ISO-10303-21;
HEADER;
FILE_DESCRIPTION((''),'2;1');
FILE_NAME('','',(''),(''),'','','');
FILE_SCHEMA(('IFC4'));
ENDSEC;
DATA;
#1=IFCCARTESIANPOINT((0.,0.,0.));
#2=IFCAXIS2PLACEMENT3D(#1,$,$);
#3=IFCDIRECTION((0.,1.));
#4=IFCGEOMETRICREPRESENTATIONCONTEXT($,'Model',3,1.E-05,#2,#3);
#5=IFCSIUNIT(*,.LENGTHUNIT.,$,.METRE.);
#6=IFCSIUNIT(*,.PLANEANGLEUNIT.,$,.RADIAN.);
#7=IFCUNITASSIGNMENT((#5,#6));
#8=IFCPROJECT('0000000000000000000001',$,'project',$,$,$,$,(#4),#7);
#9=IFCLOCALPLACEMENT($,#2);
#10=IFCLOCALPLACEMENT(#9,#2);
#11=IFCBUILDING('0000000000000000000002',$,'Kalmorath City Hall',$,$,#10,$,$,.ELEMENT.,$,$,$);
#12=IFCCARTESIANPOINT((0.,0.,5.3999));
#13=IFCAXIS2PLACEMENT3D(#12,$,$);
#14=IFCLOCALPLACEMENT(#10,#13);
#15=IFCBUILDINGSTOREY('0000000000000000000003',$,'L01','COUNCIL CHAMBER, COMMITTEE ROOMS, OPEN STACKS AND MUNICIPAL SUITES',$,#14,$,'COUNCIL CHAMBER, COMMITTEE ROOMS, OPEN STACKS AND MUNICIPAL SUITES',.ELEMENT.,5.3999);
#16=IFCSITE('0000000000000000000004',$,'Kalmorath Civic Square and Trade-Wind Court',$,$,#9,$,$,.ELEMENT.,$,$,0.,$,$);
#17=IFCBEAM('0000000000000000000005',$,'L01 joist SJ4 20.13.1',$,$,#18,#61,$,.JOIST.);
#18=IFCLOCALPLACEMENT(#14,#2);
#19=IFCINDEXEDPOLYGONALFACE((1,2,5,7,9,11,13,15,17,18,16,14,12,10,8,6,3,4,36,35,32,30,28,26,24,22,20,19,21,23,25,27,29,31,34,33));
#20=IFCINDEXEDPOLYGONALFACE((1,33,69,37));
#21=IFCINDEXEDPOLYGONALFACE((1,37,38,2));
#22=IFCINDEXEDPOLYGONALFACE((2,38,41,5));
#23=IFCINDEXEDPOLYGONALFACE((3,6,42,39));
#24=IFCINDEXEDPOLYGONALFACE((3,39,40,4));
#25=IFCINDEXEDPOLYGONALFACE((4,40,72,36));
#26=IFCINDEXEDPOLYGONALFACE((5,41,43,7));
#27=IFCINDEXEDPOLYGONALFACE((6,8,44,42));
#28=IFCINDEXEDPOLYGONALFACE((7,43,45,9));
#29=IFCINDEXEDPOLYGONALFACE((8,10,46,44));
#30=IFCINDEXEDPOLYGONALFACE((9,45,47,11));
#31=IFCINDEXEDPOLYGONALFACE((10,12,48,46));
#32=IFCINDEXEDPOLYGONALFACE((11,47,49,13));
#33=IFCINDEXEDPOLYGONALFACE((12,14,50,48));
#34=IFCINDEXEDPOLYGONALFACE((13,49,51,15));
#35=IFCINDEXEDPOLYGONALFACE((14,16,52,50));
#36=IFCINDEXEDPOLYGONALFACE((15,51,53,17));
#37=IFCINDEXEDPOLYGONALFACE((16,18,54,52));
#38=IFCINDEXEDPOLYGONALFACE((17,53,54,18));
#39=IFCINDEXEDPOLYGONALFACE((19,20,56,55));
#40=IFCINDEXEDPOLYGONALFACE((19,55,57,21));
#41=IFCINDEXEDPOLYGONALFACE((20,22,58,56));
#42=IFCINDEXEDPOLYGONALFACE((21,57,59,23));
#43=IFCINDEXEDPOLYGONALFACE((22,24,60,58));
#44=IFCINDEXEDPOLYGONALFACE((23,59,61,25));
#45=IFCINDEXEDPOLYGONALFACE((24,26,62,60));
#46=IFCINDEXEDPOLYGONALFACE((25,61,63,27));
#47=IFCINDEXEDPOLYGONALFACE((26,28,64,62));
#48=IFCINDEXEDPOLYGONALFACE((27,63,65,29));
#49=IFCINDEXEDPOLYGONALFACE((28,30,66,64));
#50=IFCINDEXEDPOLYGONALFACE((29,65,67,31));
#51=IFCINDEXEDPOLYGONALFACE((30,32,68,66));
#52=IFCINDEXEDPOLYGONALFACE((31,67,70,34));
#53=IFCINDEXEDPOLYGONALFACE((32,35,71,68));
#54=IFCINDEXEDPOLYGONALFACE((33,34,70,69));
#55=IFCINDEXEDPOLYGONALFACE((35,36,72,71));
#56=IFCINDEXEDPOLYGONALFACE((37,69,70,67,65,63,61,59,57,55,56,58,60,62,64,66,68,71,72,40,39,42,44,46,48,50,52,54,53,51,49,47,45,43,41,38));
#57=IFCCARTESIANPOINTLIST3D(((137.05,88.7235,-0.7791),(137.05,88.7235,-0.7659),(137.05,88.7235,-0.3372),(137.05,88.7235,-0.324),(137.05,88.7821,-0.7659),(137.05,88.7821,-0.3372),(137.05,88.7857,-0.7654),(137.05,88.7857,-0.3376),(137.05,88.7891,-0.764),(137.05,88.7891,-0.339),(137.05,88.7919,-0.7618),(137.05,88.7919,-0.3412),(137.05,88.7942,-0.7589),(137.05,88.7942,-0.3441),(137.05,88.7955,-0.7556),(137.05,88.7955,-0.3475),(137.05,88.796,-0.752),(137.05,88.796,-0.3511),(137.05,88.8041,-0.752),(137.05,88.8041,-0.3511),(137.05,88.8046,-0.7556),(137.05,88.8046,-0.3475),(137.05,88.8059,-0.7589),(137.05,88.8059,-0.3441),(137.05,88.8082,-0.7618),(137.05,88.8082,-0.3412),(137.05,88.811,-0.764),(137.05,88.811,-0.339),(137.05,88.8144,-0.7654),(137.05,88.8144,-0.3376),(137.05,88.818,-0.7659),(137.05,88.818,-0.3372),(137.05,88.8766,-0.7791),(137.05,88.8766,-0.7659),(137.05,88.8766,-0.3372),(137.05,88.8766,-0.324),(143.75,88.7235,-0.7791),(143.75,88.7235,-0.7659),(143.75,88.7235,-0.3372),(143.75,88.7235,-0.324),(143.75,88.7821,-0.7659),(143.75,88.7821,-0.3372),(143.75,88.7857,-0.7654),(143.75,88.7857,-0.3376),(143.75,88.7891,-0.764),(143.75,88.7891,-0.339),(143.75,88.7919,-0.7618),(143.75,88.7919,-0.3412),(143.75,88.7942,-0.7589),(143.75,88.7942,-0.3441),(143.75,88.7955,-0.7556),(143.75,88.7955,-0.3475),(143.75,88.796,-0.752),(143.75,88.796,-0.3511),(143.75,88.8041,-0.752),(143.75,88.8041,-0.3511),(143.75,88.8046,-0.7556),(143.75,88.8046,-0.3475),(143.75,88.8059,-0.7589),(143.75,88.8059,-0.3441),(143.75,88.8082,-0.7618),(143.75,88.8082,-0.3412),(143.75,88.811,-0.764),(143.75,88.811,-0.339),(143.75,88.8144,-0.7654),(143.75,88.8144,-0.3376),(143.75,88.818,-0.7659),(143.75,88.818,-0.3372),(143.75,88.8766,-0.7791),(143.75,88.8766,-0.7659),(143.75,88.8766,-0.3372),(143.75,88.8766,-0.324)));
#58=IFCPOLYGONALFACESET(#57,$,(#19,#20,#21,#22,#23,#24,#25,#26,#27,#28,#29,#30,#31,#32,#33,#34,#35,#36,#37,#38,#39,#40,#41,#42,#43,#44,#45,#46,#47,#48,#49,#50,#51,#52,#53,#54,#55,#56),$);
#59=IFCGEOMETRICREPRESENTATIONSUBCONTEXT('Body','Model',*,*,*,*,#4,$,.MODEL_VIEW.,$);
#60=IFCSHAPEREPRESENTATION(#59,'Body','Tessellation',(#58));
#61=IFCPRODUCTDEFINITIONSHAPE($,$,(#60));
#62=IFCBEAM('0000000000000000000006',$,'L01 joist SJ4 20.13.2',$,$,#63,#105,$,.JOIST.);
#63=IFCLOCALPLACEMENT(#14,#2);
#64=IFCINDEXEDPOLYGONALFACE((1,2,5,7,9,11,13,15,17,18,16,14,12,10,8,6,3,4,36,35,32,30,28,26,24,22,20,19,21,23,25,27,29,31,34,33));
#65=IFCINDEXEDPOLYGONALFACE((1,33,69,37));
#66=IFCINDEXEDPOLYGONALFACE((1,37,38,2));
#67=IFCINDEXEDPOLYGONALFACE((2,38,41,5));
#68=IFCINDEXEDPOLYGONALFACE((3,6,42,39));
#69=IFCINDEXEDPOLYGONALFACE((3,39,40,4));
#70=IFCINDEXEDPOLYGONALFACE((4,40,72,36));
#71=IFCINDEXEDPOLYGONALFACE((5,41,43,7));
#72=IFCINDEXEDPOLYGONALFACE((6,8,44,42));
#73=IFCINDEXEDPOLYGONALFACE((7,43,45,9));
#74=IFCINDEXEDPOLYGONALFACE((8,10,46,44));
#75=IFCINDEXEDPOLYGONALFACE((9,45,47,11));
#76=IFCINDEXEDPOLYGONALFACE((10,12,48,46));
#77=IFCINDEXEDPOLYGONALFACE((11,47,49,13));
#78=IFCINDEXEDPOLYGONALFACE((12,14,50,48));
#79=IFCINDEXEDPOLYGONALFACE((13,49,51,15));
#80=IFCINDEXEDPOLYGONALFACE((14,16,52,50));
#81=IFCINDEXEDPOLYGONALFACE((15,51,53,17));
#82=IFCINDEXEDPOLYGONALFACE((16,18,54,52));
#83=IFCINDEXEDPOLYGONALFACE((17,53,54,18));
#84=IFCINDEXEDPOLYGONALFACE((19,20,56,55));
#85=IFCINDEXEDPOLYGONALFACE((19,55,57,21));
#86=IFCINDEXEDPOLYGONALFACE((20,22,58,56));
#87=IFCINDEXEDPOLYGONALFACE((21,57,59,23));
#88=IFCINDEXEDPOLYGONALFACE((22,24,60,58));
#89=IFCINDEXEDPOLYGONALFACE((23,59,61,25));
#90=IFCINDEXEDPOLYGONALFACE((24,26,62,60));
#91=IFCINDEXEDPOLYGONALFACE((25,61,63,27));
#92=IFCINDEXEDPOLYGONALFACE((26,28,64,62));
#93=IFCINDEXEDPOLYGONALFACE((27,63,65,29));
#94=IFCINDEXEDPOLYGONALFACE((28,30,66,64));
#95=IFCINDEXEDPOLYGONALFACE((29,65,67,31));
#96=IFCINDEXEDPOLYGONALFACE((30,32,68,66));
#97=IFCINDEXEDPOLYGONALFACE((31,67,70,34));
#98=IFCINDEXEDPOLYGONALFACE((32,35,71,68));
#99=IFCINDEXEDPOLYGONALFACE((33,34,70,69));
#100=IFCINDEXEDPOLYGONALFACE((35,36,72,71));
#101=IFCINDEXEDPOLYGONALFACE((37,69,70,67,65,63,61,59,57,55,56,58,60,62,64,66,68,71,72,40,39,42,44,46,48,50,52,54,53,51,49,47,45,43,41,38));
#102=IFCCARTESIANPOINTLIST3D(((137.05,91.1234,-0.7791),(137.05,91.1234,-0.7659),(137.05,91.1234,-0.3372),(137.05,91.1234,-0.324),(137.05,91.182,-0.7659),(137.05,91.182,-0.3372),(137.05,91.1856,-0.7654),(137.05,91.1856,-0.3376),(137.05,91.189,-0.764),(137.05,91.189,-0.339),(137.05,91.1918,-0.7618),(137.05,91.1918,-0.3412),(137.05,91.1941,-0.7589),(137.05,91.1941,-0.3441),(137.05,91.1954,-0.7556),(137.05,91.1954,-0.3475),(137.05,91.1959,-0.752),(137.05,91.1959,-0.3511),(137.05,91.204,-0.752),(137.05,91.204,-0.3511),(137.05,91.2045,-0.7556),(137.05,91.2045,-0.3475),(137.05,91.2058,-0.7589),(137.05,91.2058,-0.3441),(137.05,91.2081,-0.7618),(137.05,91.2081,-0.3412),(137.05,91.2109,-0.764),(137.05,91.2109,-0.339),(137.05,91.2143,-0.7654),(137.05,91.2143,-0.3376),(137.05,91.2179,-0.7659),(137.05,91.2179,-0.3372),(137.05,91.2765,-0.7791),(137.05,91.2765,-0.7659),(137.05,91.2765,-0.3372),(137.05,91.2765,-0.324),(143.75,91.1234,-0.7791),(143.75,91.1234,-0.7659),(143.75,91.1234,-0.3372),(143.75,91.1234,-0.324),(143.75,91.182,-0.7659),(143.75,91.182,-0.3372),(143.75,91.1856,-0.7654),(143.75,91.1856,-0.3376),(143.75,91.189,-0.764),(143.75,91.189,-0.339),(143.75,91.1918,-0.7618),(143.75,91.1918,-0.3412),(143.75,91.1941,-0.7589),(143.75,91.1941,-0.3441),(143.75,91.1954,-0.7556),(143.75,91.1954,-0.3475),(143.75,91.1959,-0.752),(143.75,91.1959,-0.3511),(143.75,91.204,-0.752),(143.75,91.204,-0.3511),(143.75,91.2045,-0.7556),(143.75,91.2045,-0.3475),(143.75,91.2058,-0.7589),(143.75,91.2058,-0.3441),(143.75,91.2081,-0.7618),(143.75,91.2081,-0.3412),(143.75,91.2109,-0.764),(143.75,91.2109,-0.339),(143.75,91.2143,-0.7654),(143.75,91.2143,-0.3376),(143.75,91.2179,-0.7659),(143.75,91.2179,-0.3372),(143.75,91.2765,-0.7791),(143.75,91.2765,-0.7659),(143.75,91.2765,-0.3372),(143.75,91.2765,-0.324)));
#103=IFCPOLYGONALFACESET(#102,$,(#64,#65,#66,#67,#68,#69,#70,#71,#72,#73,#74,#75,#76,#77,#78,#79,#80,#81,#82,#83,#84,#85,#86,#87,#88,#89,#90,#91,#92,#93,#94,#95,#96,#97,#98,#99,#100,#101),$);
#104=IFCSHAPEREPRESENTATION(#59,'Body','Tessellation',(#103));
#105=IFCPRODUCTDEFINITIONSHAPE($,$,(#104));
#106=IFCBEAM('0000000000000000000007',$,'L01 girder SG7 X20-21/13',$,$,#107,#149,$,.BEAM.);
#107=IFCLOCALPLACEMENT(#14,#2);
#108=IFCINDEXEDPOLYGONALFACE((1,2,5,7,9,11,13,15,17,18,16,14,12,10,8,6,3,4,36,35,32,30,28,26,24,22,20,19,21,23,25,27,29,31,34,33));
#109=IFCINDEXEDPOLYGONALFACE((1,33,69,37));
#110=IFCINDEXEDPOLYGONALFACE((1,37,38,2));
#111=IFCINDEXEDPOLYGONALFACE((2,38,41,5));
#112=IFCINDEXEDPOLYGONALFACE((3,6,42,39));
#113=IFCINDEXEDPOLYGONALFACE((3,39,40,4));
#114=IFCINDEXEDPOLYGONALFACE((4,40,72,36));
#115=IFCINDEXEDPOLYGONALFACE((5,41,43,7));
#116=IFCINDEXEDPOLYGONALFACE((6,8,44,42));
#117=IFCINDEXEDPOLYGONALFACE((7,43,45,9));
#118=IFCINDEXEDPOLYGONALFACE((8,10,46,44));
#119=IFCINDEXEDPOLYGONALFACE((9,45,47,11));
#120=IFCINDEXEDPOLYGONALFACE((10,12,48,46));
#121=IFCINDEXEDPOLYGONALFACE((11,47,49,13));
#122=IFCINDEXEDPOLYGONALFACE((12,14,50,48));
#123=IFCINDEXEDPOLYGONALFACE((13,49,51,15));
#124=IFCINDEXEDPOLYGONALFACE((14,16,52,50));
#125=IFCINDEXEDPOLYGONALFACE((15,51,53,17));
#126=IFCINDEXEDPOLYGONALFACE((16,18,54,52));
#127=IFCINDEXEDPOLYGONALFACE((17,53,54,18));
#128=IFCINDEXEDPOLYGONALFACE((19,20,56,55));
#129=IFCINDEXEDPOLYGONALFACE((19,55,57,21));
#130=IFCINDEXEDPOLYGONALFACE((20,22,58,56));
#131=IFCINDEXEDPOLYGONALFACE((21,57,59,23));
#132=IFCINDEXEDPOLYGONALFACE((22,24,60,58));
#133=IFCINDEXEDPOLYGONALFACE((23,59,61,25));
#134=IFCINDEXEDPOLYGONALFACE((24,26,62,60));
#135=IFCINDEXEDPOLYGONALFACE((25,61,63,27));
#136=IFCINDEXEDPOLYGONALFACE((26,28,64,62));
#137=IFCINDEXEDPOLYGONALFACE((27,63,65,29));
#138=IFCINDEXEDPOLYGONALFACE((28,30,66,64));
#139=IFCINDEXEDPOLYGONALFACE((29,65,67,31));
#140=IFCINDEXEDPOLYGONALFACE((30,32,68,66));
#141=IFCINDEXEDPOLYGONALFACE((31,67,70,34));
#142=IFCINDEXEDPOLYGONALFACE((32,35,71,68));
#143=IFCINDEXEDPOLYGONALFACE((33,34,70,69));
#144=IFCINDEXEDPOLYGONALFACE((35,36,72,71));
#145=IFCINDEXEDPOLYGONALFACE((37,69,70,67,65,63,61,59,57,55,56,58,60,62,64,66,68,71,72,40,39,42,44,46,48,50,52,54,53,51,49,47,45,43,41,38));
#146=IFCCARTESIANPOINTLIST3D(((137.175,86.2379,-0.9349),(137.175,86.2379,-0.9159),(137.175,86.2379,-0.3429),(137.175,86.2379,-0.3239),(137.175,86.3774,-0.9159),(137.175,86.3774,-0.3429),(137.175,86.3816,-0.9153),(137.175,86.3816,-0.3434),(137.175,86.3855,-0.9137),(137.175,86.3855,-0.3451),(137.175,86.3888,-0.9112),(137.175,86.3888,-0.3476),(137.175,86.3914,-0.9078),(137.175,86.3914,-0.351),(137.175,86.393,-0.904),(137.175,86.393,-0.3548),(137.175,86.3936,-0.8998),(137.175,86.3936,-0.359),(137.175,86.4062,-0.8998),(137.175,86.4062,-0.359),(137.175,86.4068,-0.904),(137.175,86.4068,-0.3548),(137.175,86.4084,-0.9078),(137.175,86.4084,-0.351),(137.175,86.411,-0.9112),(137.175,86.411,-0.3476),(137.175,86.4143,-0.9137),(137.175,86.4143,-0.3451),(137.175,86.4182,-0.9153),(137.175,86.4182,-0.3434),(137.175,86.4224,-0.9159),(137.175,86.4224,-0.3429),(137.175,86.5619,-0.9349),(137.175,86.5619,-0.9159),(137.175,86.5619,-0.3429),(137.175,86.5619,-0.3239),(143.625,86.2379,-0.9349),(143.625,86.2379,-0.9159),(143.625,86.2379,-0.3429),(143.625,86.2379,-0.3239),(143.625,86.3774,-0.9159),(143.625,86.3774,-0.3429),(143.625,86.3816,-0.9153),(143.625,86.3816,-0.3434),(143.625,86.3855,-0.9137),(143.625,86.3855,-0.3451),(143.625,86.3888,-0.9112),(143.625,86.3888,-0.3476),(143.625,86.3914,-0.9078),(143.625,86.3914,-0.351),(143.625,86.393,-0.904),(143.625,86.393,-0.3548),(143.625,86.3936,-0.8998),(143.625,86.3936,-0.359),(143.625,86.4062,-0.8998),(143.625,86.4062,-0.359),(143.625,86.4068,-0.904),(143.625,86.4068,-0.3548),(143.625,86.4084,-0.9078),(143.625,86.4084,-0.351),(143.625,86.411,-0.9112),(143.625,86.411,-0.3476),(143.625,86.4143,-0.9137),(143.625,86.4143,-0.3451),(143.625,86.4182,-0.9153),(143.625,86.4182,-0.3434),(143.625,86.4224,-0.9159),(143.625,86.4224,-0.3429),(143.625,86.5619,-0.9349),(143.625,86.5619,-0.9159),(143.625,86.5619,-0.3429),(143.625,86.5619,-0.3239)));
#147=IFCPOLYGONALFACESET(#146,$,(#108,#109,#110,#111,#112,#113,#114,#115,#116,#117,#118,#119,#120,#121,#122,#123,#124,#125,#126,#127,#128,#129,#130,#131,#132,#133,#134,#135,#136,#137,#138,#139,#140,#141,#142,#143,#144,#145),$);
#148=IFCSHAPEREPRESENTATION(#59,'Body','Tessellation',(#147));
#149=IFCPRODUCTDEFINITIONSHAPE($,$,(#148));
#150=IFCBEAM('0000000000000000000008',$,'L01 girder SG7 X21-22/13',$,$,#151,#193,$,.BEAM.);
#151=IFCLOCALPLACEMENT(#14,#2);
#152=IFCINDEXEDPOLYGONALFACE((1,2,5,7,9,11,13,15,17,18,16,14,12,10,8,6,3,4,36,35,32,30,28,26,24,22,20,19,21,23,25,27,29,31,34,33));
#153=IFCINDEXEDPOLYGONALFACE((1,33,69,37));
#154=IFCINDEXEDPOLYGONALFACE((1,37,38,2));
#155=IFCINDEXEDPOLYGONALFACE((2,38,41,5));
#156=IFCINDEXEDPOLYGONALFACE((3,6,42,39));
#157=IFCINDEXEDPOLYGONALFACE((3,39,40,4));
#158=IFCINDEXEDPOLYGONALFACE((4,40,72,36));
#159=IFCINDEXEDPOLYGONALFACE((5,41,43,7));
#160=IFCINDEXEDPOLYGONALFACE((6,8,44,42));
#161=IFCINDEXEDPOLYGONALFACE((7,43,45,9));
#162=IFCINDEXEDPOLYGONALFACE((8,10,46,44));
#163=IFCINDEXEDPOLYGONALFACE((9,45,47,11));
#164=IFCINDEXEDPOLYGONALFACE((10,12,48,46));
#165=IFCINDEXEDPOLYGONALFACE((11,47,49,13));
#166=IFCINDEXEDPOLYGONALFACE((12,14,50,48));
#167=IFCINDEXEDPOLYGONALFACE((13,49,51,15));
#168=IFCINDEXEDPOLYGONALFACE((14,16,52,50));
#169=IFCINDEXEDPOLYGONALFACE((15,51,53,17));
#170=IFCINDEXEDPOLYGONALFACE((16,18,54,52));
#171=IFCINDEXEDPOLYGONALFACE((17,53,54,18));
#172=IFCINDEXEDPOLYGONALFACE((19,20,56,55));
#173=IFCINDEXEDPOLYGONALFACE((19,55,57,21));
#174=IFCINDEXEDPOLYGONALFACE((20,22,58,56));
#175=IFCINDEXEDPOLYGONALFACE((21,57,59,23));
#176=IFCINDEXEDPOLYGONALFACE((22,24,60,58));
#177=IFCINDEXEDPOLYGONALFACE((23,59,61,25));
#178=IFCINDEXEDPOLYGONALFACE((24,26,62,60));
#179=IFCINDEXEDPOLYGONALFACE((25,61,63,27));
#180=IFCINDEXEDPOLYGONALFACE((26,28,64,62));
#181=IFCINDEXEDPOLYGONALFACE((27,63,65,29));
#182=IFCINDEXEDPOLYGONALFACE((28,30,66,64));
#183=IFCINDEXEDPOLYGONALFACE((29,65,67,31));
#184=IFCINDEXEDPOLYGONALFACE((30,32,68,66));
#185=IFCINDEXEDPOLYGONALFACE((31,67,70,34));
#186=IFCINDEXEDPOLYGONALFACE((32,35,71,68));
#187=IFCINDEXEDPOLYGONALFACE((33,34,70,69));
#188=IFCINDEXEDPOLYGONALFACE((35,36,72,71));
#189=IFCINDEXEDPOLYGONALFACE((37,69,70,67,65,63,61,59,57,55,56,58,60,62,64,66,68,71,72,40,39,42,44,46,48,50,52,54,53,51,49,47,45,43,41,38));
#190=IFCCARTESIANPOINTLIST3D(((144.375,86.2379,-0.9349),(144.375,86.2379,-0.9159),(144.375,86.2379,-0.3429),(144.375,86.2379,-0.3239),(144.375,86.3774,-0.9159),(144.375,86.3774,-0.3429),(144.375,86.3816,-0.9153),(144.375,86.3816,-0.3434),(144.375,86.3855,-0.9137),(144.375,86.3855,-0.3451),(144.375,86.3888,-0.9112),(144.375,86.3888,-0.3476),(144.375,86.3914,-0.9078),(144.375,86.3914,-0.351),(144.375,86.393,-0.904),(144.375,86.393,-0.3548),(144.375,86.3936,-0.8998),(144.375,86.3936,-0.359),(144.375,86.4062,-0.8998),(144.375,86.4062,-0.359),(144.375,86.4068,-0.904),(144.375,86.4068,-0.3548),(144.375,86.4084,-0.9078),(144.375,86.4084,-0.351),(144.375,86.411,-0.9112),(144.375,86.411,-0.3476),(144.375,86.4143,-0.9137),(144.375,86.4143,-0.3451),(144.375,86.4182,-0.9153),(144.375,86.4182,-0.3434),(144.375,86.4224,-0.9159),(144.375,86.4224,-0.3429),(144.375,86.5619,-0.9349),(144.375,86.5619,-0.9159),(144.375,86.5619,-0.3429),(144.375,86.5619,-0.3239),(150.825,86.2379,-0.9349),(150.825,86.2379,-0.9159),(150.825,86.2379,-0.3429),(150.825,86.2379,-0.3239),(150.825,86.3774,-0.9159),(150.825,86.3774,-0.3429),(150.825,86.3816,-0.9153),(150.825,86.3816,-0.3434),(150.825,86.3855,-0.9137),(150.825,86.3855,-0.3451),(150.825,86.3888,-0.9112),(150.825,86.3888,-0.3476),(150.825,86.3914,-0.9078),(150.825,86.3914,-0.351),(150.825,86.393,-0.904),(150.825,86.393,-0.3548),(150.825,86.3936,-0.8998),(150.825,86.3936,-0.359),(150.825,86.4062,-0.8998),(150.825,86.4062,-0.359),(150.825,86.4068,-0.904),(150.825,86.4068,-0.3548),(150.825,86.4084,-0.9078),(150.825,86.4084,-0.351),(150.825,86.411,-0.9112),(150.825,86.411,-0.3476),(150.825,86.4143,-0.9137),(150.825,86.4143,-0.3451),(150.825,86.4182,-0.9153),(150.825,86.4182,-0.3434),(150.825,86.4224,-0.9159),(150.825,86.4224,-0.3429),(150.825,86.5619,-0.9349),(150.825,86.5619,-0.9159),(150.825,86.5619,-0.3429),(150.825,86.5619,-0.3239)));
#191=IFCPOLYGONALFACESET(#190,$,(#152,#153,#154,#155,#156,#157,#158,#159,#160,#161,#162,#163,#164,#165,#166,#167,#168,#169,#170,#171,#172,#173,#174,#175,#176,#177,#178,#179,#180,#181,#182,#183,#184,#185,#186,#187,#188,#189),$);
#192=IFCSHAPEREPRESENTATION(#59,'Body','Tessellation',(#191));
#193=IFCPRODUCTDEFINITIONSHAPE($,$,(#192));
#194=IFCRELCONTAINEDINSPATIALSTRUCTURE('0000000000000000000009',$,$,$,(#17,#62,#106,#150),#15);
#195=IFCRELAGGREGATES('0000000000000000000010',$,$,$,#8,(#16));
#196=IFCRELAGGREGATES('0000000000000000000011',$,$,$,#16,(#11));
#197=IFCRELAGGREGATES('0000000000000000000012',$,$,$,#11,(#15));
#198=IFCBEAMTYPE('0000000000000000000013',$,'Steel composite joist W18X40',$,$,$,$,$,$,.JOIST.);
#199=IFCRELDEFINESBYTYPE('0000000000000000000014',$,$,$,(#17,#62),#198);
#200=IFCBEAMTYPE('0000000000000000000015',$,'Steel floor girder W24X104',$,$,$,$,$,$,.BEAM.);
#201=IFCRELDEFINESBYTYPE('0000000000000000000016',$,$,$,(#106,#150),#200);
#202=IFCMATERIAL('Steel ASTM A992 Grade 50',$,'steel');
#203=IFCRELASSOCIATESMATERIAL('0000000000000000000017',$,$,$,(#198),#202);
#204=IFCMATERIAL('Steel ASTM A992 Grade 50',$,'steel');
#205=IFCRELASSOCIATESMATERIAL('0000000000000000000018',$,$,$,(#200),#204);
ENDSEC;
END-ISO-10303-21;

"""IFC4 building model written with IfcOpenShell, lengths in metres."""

from ifc_helpers import new_model, si_unit, direction, frame, origin, origin_2d, place, context, subcontext, project, spatial, i_section, extrude, material, material_profile, profile_set, type_object, element, save


model = new_model("IFC4")

# Units and contexts
model_context = context("Model", 3, precision=1e-05, world=origin(), true_north=direction((0.0, 1.0)))
body_context = subcontext(model_context, "Body", "Model", "MODEL_VIEW")
ifc_project = project(units=[si_unit("LENGTHUNIT", "METRE"), si_unit("PLANEANGLEUNIT", "RADIAN")], contexts=[model_context])

# Site, building, storey
site_placement = place(None, origin())
site = spatial("IfcSite", under=ifc_project, at=site_placement, Name="Kalmorath Civic Square and Trade-Wind Court", CompositionType="ELEMENT", RefElevation=0.0)
building_placement = place(site_placement, origin())
building = spatial("IfcBuilding", under=site, at=building_placement, Name="Kalmorath City Hall", CompositionType="ELEMENT")
storey_placement = place(building_placement, frame((0.0, 0.0, 5.3999)))
storey = spatial("IfcBuildingStorey", under=building, at=storey_placement, Name="L01", Description="COUNCIL CHAMBER, COMMITTEE ROOMS, OPEN STACKS AND MUNICIPAL SUITES", LongName="COUNCIL CHAMBER, COMMITTEE ROOMS, OPEN STACKS AND MUNICIPAL SUITES", CompositionType="ELEMENT", Elevation=5.3999)

# Beams
ifc_material_1 = material(Name="Steel ASTM A992 Grade 50", Category="steel")
ifc_material_profile_1 = material_profile(ifc_material_1, i_section(OverallWidth=0.1531, OverallDepth=0.4551, WebThickness=0.0081, FlangeThickness=0.0132, FilletRadius=0.0139, at=origin_2d()), Name="W18X40")
ifc_profile_set_1 = profile_set([ifc_material_profile_1], Name="Steel ASTM A992 Grade 50")
beam_type_1 = type_object("IfcBeamType", Name="Steel composite joist W18X40", PredefinedType="JOIST", material=ifc_profile_set_1)
for number, where, z_axis, x_axis, name in (
    (1, (137.05, 88.8, -0.5515), (1.0, 0.0, 0.0), (0.0, 1.0, 0.0), "L01 joist SJ4 20.13.1"),
    (2, (137.05, 91.2, -0.5515), (1.0, 0.0, 0.0), (0.0, 1.0, 0.0), "L01 joist SJ4 20.13.2"),
):
    element("IfcBeam", number, at=place(storey_placement, frame(where, z_axis=z_axis, x_axis=x_axis)), inside=storey, type_object=beam_type_1, Name=name, PredefinedType="JOIST", context=body_context, shape_type="SweptSolid", body=[
        extrude(i_section(OverallWidth=0.1531, OverallDepth=0.4551, WebThickness=0.0081, FlangeThickness=0.0132, FilletRadius=0.0139, at=origin_2d()), origin(), (0.0, 0.0, 1.0), 6.7),
    ])
ifc_material_2 = material(Name="Steel ASTM A992 Grade 50", Category="steel")
ifc_material_profile_2 = material_profile(ifc_material_2, i_section(OverallWidth=0.324, OverallDepth=0.6111, WebThickness=0.0127, FlangeThickness=0.019, FilletRadius=0.0161, at=origin_2d()), Name="W24X104")
ifc_profile_set_2 = profile_set([ifc_material_profile_2], Name="Steel ASTM A992 Grade 50")
beam_type_2 = type_object("IfcBeamType", Name="Steel floor girder W24X104", PredefinedType="BEAM", material=ifc_profile_set_2)
for number, where, z_axis, x_axis, name in (
    (3, (137.175, 86.3999, -0.6294), (1.0, 0.0, 0.0), (0.0, 1.0, 0.0), "L01 girder SG7 X20-21/13"),
    (4, (144.375, 86.3999, -0.6294), (1.0, 0.0, 0.0), (0.0, 1.0, 0.0), "L01 girder SG7 X21-22/13"),
):
    element("IfcBeam", number, at=place(storey_placement, frame(where, z_axis=z_axis, x_axis=x_axis)), inside=storey, type_object=beam_type_2, Name=name, PredefinedType="BEAM", context=body_context, shape_type="SweptSolid", body=[
        extrude(i_section(OverallWidth=0.324, OverallDepth=0.6111, WebThickness=0.0127, FlangeThickness=0.019, FilletRadius=0.0161, at=origin_2d()), origin(), (0.0, 0.0, 1.0), 6.45),
    ])

save(model, "model.ifc")
